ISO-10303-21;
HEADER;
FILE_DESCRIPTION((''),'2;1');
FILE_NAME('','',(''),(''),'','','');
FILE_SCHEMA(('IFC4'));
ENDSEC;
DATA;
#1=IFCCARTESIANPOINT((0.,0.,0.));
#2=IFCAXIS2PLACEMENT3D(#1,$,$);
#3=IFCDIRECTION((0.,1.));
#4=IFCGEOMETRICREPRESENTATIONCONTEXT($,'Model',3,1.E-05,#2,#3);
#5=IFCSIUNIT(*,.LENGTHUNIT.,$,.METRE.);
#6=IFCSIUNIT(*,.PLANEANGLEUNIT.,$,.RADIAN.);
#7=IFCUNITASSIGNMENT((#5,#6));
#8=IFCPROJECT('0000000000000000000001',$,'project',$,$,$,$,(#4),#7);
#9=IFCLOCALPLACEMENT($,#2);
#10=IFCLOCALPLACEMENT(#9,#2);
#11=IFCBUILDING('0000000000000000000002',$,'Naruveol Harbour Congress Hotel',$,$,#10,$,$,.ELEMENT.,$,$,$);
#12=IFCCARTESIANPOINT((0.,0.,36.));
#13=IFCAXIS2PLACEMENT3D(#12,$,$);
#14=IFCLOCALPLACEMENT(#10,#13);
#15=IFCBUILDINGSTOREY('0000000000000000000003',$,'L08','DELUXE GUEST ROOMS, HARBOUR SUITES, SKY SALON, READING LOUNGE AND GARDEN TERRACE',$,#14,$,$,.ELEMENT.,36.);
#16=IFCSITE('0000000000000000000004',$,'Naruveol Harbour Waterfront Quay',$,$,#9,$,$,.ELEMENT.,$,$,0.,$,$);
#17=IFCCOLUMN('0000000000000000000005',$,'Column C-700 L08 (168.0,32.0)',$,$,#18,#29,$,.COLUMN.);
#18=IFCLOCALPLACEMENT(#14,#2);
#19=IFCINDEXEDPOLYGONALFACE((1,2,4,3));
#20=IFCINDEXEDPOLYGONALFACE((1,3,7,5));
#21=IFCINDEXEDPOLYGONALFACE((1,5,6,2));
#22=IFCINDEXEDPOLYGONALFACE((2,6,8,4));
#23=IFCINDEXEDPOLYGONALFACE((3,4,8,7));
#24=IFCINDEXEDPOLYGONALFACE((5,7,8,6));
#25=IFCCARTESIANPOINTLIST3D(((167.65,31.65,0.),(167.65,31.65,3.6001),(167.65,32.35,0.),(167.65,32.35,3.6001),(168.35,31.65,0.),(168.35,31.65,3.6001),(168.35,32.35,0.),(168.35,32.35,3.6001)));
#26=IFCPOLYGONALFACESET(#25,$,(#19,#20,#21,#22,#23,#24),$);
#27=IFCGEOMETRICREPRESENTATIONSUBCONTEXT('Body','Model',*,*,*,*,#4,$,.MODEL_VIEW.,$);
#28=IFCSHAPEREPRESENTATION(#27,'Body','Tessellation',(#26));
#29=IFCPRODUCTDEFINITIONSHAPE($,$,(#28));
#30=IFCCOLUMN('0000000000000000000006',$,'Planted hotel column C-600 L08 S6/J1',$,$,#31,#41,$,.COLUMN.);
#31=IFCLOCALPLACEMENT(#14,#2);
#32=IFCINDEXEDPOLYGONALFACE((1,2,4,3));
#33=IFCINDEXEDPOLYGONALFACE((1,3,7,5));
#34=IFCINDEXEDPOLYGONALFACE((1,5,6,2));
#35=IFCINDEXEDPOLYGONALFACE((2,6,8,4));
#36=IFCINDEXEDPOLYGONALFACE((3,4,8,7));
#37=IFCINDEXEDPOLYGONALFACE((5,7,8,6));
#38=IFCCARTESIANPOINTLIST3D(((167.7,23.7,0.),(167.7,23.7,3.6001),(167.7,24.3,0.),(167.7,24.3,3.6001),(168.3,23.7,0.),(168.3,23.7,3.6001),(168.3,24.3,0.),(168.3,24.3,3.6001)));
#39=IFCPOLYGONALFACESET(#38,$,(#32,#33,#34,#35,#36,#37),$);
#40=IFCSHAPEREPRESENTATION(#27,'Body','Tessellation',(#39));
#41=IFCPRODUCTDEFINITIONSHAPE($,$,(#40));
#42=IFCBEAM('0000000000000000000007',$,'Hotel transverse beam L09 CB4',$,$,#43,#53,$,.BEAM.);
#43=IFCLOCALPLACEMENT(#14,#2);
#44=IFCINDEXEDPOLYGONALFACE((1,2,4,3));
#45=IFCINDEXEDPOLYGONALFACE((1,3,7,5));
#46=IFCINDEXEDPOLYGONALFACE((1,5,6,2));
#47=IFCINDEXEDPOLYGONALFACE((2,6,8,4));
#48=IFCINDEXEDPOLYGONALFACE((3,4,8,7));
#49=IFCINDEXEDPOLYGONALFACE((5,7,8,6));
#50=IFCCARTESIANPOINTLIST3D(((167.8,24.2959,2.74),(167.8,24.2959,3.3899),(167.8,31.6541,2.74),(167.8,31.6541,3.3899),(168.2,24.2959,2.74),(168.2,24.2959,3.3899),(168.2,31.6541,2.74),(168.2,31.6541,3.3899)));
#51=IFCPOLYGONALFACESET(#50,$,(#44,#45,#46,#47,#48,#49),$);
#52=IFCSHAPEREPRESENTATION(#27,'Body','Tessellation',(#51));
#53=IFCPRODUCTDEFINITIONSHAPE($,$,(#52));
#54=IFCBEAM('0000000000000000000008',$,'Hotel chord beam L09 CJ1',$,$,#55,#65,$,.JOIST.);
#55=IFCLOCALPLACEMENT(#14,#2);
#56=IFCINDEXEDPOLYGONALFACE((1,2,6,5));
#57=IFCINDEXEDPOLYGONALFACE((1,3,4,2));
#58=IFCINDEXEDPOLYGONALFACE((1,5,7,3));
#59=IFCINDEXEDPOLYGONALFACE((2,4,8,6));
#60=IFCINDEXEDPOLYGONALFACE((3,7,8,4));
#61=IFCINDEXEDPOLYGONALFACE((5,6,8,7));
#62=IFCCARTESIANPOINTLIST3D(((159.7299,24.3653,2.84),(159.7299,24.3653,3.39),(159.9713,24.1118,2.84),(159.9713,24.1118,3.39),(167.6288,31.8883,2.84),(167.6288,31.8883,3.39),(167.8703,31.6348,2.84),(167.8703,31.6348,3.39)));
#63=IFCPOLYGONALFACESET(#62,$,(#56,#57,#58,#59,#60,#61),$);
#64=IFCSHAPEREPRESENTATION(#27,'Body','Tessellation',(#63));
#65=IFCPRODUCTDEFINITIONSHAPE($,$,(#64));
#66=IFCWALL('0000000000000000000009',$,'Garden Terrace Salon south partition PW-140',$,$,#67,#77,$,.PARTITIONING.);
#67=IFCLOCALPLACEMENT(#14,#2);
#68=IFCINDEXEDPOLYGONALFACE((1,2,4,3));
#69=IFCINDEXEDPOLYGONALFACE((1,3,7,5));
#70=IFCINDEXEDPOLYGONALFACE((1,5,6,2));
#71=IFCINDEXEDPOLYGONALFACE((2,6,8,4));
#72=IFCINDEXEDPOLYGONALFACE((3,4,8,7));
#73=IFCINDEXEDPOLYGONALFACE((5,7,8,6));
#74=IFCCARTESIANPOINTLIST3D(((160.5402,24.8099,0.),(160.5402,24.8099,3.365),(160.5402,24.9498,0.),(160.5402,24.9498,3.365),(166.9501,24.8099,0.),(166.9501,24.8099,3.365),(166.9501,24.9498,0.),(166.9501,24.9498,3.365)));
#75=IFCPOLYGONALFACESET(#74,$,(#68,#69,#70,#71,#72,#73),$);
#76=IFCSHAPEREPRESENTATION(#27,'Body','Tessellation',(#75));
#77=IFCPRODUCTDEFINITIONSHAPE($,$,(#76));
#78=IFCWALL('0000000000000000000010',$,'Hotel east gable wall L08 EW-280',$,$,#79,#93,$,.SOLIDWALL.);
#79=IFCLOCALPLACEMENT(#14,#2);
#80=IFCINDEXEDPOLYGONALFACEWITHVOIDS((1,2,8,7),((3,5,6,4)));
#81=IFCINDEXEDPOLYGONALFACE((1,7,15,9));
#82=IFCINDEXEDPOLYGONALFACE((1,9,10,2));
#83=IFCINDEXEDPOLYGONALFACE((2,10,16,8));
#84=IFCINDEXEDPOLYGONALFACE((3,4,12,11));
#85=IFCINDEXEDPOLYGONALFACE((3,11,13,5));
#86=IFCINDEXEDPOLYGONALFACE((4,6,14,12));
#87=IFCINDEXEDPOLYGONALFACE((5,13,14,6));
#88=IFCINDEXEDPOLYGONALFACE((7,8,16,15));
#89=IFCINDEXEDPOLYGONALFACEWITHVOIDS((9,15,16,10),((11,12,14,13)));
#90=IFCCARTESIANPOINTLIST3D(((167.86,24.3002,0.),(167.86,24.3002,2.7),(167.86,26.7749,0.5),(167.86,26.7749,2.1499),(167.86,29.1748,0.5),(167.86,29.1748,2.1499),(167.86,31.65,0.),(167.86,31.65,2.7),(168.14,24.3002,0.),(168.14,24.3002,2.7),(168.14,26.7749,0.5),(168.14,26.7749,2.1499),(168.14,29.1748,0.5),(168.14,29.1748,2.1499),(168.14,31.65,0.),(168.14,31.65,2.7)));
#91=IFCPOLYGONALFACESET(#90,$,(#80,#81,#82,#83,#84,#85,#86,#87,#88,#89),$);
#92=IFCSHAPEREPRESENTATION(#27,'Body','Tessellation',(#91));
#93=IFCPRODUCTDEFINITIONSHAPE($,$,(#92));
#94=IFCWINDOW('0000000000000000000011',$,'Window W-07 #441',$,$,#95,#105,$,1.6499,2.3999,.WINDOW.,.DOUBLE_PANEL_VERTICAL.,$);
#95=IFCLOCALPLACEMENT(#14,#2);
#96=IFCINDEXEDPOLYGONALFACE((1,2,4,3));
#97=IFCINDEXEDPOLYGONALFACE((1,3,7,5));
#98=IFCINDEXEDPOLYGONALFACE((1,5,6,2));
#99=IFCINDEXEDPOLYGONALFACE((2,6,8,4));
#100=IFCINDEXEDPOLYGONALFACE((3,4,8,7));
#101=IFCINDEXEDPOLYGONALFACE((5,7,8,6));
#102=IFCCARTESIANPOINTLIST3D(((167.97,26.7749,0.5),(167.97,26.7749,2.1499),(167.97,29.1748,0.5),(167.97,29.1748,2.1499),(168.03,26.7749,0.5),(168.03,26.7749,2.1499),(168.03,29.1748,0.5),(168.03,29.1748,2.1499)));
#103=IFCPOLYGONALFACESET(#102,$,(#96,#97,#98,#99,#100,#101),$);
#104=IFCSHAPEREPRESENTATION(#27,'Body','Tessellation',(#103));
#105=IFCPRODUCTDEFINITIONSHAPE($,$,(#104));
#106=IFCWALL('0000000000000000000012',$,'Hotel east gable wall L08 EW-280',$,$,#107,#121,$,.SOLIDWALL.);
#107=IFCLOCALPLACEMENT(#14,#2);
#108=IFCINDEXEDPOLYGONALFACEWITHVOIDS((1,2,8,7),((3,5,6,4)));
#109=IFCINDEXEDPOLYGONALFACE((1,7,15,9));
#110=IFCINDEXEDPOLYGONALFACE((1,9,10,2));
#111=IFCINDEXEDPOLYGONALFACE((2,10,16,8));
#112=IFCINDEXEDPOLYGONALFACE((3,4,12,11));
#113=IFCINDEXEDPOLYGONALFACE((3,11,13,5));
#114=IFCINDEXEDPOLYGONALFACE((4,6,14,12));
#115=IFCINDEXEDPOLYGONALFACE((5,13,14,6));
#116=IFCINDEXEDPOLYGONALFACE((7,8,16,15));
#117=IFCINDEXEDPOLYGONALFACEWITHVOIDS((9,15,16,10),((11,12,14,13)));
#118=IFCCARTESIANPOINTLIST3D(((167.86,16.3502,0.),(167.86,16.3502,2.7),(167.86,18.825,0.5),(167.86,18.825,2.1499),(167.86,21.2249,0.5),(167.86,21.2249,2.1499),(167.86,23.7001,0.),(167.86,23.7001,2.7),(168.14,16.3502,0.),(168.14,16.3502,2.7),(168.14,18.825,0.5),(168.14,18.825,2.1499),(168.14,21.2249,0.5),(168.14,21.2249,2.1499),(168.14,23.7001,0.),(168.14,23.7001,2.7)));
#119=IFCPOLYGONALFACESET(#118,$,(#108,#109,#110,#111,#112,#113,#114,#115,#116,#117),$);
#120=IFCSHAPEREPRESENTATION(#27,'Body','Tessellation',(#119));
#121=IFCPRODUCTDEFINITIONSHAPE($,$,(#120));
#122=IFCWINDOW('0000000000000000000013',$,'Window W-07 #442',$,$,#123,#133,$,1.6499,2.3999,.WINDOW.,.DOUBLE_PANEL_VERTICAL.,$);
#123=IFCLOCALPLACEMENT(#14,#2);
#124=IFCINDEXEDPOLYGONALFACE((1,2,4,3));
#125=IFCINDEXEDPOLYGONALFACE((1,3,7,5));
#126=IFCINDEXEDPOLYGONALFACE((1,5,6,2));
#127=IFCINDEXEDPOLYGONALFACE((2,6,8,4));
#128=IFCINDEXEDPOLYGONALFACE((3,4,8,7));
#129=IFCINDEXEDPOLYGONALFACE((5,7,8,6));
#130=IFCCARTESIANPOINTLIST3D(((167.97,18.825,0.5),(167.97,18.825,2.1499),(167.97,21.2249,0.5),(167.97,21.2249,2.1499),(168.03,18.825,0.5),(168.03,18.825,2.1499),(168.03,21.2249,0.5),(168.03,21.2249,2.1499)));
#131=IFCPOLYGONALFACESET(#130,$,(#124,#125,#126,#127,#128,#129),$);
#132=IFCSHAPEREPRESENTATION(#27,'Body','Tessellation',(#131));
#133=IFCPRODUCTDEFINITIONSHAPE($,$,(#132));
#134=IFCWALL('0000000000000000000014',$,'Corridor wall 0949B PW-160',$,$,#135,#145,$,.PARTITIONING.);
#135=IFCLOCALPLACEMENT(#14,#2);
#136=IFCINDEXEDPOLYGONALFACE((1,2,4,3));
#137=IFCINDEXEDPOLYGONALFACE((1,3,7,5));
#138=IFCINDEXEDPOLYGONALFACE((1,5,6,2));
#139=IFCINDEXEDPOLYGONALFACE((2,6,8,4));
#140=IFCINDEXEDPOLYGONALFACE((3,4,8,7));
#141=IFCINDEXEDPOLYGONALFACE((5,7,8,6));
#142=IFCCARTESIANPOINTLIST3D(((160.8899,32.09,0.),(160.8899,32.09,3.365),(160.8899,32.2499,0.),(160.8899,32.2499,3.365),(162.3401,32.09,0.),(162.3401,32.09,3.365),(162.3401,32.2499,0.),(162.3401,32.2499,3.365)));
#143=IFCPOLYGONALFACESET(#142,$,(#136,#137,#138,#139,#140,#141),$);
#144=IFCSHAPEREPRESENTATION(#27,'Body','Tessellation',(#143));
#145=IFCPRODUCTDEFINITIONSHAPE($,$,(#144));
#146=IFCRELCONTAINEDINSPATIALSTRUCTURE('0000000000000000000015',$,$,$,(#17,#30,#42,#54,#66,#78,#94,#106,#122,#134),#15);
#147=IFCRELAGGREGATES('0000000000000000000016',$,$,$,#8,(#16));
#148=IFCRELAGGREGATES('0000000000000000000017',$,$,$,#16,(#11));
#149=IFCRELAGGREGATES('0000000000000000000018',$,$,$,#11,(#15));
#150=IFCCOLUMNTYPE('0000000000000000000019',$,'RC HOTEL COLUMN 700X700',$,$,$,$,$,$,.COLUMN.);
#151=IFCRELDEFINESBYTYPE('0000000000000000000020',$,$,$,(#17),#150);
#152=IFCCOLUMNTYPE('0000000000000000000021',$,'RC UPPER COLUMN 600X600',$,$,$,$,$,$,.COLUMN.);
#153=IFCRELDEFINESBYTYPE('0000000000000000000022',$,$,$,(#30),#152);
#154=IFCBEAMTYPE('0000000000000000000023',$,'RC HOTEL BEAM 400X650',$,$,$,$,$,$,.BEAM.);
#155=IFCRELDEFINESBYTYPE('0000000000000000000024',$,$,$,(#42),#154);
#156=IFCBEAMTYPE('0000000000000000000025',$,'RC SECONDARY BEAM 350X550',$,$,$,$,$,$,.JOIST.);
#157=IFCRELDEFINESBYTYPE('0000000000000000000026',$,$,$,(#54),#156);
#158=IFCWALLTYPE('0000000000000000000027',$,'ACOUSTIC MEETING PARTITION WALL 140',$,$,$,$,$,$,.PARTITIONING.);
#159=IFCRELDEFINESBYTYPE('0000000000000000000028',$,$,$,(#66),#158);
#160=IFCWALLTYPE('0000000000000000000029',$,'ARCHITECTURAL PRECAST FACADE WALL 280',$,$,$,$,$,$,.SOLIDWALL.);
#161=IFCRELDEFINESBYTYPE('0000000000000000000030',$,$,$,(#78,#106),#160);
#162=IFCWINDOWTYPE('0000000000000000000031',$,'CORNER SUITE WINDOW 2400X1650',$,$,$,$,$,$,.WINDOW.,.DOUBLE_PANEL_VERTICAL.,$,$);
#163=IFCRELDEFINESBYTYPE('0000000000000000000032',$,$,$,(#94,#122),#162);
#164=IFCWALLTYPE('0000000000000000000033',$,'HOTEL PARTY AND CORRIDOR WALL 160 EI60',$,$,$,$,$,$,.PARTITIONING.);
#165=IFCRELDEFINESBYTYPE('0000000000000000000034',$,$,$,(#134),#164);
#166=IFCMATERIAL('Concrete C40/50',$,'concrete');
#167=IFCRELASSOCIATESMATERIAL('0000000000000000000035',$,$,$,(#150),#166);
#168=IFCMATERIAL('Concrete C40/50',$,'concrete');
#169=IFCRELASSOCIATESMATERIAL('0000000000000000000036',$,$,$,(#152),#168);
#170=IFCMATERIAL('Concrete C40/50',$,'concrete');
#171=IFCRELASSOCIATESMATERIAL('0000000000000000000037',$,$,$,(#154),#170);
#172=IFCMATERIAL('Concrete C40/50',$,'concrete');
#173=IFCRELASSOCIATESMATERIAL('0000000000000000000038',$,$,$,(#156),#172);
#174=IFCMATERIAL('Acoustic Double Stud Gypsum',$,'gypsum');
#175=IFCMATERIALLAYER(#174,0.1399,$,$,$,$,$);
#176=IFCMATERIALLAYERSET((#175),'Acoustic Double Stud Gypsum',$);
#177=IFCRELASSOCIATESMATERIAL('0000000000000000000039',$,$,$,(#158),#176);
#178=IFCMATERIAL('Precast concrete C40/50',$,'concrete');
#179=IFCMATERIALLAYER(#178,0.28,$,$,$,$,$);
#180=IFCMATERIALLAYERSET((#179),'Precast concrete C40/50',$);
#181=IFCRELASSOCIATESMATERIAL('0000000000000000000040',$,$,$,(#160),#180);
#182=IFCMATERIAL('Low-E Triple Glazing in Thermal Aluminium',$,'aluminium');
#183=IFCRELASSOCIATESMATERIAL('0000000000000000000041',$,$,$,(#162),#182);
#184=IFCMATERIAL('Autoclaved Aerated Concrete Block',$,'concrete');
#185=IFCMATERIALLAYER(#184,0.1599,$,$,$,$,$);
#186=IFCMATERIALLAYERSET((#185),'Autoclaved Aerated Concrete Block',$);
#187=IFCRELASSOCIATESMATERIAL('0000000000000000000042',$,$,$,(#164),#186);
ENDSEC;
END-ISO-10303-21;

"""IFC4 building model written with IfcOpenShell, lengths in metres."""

from ifc_helpers import new_model, si_unit, direction, frame, frame_2d, origin, origin_2d, place, context, subcontext, project, spatial, rectangle, extrude, material, layer, layer_set, material_profile, profile_set, type_object, element, fill, save


model = new_model("IFC4")

# Units and contexts
model_context = context("Model", 3, precision=1e-05, world=origin(), true_north=direction((0.0, 1.0)))
body_context = subcontext(model_context, "Body", "Model", "MODEL_VIEW")
ifc_project = project(units=[si_unit("LENGTHUNIT", "METRE"), si_unit("PLANEANGLEUNIT", "RADIAN")], contexts=[model_context])

# Site, building, storey
site_placement = place(None, origin())
site = spatial("IfcSite", under=ifc_project, at=site_placement, Name="Naruveol Harbour Waterfront Quay", CompositionType="ELEMENT", RefElevation=0.0)
building_placement = place(site_placement, origin())
building = spatial("IfcBuilding", under=site, at=building_placement, Name="Naruveol Harbour Congress Hotel", CompositionType="ELEMENT")
storey_placement = place(building_placement, frame((0.0, 0.0, 36.0)))
storey = spatial("IfcBuildingStorey", under=building, at=storey_placement, Name="L08", Description="DELUXE GUEST ROOMS, HARBOUR SUITES, SKY SALON, READING LOUNGE AND GARDEN TERRACE", CompositionType="ELEMENT", Elevation=36.0)

# Columns
ifc_material_1 = material(Name="Concrete C40/50", Category="concrete")
ifc_material_profile_1 = material_profile(ifc_material_1, rectangle(XDim=0.7, YDim=0.7, at=origin_2d()), Name="RC-700x700")
ifc_profile_set_1 = profile_set([ifc_material_profile_1], Name="Concrete C40/50")
column_type_1 = type_object("IfcColumnType", Name="RC HOTEL COLUMN 700X700", PredefinedType="COLUMN", material=ifc_profile_set_1)
column_1_placement = place(storey_placement, frame((168.0, 32.0, 0.0), z_axis=(0.0, 0.0, 1.0), x_axis=(1.0, 0.0, 0.0)))
element("IfcColumn", 1, at=column_1_placement, inside=storey, type_object=column_type_1, Name="Column C-700 L08 (168.0,32.0)", PredefinedType="COLUMN", context=body_context, shape_type="SweptSolid", body=[
    extrude(rectangle(XDim=0.7, YDim=0.7, at=origin_2d()), origin(), (0.0, 0.0, 1.0), 3.6001),
])
ifc_material_2 = material(Name="Concrete C40/50", Category="concrete")
ifc_material_profile_2 = material_profile(ifc_material_2, rectangle(XDim=0.6001, YDim=0.6001, at=origin_2d()), Name="RC-600x600")
ifc_profile_set_2 = profile_set([ifc_material_profile_2], Name="Concrete C40/50")
column_type_2 = type_object("IfcColumnType", Name="RC UPPER COLUMN 600X600", PredefinedType="COLUMN", material=ifc_profile_set_2)
column_2_placement = place(storey_placement, frame((168.0, 24.0, 0.0), z_axis=(0.0, 0.0, 1.0), x_axis=(1.0, 0.0, 0.0)))
element("IfcColumn", 2, at=column_2_placement, inside=storey, type_object=column_type_2, Name="Planted hotel column C-600 L08 S6/J1", PredefinedType="COLUMN", context=body_context, shape_type="SweptSolid", body=[
    extrude(rectangle(XDim=0.6001, YDim=0.6001, at=origin_2d()), origin(), (0.0, 0.0, 1.0), 3.6001),
])

# Beams
ifc_material_3 = material(Name="Concrete C40/50", Category="concrete")
ifc_material_profile_3 = material_profile(ifc_material_3, rectangle(XDim=0.3999, YDim=0.6499, at=origin_2d()), Name="RCB-400x650")
ifc_profile_set_3 = profile_set([ifc_material_profile_3], Name="Concrete C40/50")
beam_type_1 = type_object("IfcBeamType", Name="RC HOTEL BEAM 400X650", PredefinedType="BEAM", material=ifc_profile_set_3)
beam_1_placement = place(storey_placement, frame((168.0, 24.2959, 3.0649), z_axis=(0.0, 1.0, 0.0), x_axis=(-1.0, 0.0, 0.0)))
element("IfcBeam", 3, at=beam_1_placement, inside=storey, type_object=beam_type_1, Name="Hotel transverse beam L09 CB4", PredefinedType="BEAM", context=body_context, shape_type="SweptSolid", body=[
    extrude(rectangle(XDim=0.3999, YDim=0.6499, at=origin_2d()), origin(), (0.0, 0.0, 1.0), 7.3582),
])
ifc_material_4 = material(Name="Concrete C40/50", Category="concrete")
ifc_material_profile_4 = material_profile(ifc_material_4, rectangle(XDim=0.3501, YDim=0.55, at=origin_2d()), Name="RCB-350x550")
ifc_profile_set_4 = profile_set([ifc_material_profile_4], Name="Concrete C40/50")
beam_type_2 = type_object("IfcBeamType", Name="RC SECONDARY BEAM 350X550", PredefinedType="JOIST", material=ifc_profile_set_4)
beam_2_placement = place(storey_placement, frame((159.8506, 24.2385, 3.115), z_axis=(0.72413, 0.689663, 0.0), x_axis=(-0.689663, 0.72413, 0.0)))
element("IfcBeam", 4, at=beam_2_placement, inside=storey, type_object=beam_type_2, Name="Hotel chord beam L09 CJ1", PredefinedType="JOIST", context=body_context, shape_type="SweptSolid", body=[
    extrude(rectangle(XDim=0.3501, YDim=0.55, at=origin_2d()), origin(), (0.0, 0.0, 1.0), 10.9082),
])

# Shared definitions
ifc_material_5 = material(Name="Acoustic Double Stud Gypsum", Category="gypsum")
ifc_layer_1 = layer(ifc_material_5, 0.1399)
ifc_layer_set_1 = layer_set([ifc_layer_1], Name="Acoustic Double Stud Gypsum")
wall_type_1 = type_object("IfcWallType", Name="ACOUSTIC MEETING PARTITION WALL 140", PredefinedType="PARTITIONING", material=ifc_layer_set_1)

# Wall
wall_1_placement = place(storey_placement, frame((160.54, 24.8799, 0.0), z_axis=(0.0, 0.0, 1.0), x_axis=(1.0, 0.0, 0.0)))
element("IfcWall", 5, at=wall_1_placement, inside=storey, type_object=wall_type_1, Name="Garden Terrace Salon south partition PW-140", PredefinedType="PARTITIONING", context=body_context, shape_type="SweptSolid", body=[
    extrude(rectangle(XDim=6.4099, YDim=0.1399, at=frame_2d((3.2051, 0.0))), origin(), (0.0, 0.0, 1.0), 3.365),
])

# Walls, openings, windows
ifc_material_6 = material(Name="Precast concrete C40/50", Category="concrete")
ifc_layer_2 = layer(ifc_material_6, 0.28)
ifc_layer_set_2 = layer_set([ifc_layer_2], Name="Precast concrete C40/50")
wall_type_2 = type_object("IfcWallType", Name="ARCHITECTURAL PRECAST FACADE WALL 280", PredefinedType="SOLIDWALL", material=ifc_layer_set_2)
wall_2_placement = place(storey_placement, frame((168.0, 31.6499, 0.0), z_axis=(0.0, 0.0, 1.0), x_axis=(0.0, -1.0, 0.0)))
wall_2 = element("IfcWall", 6, at=wall_2_placement, inside=storey, type_object=wall_type_2, Name="Hotel east gable wall L08 EW-280", PredefinedType="SOLIDWALL", context=body_context, shape_type="SweptSolid", body=[
    extrude(rectangle(XDim=7.3499, YDim=0.28, at=frame_2d((3.6748, 0.0))), origin(), (0.0, 0.0, 1.0), 2.7),
])
opening_1_placement = place(wall_2_placement, frame((2.4751, 0.0, 0.5)))
opening_1 = element("IfcOpeningElement", 7, at=opening_1_placement, cuts=wall_2, PredefinedType="OPENING", context=body_context, shape_type="SweptSolid", body=[
    extrude(rectangle(XDim=2.3999, YDim=1.6499, at=frame_2d((1.2, 0.825))), frame((0.0, 0.1499, 0.0), z_axis=(0.0, -1.0, 0.0), x_axis=(1.0, 0.0, 0.0)), (0.0, 0.0, 1.0), 0.3),
])
ifc_material_7 = material(Name="Low-E Triple Glazing in Thermal Aluminium", Category="aluminium")
window_type = type_object("IfcWindowType", Name="CORNER SUITE WINDOW 2400X1650", PartitioningType="DOUBLE_PANEL_VERTICAL", PredefinedType="WINDOW", material=ifc_material_7)
window_1_placement = place(opening_1_placement, origin())
window_1 = element("IfcWindow", 8, at=window_1_placement, inside=storey, type_object=window_type, Name="Window W-07 #441", OverallHeight=1.6499, OverallWidth=2.3999, PartitioningType="DOUBLE_PANEL_VERTICAL", PredefinedType="WINDOW", context=body_context, shape_type="SweptSolid", body=[
    extrude(rectangle(XDim=2.3999, YDim=1.6499, at=frame_2d((1.2, 0.825))), frame((0.0, 0.03, 0.0), z_axis=(0.0, -1.0, 0.0), x_axis=(1.0, 0.0, 0.0)), (0.0, 0.0, 1.0), 0.0601),
])
fill(opening_1, window_1)
wall_3_placement = place(storey_placement, frame((168.0, 23.7, 0.0), z_axis=(0.0, 0.0, 1.0), x_axis=(0.0, -1.0, 0.0)))
wall_3 = element("IfcWall", 9, at=wall_3_placement, inside=storey, type_object=wall_type_2, Name="Hotel east gable wall L08 EW-280", PredefinedType="SOLIDWALL", context=body_context, shape_type="SweptSolid", body=[
    extrude(rectangle(XDim=7.3499, YDim=0.28, at=frame_2d((3.6748, 0.0))), origin(), (0.0, 0.0, 1.0), 2.7),
])
opening_2_placement = place(wall_3_placement, frame((2.4751, 0.0, 0.5)))
opening_2 = element("IfcOpeningElement", 10, at=opening_2_placement, cuts=wall_3, PredefinedType="OPENING", context=body_context, shape_type="SweptSolid", body=[
    extrude(rectangle(XDim=2.3999, YDim=1.6499, at=frame_2d((1.2, 0.825))), frame((0.0, 0.1499, 0.0), z_axis=(0.0, -1.0, 0.0), x_axis=(1.0, 0.0, 0.0)), (0.0, 0.0, 1.0), 0.3),
])
window_2_placement = place(opening_2_placement, origin())
window_2 = element("IfcWindow", 11, at=window_2_placement, inside=storey, type_object=window_type, Name="Window W-07 #442", OverallHeight=1.6499, OverallWidth=2.3999, PartitioningType="DOUBLE_PANEL_VERTICAL", PredefinedType="WINDOW", context=body_context, shape_type="SweptSolid", body=[
    extrude(rectangle(XDim=2.3999, YDim=1.6499, at=frame_2d((1.2, 0.825))), frame((0.0, 0.03, 0.0), z_axis=(0.0, -1.0, 0.0), x_axis=(1.0, 0.0, 0.0)), (0.0, 0.0, 1.0), 0.0601),
])
fill(opening_2, window_2)

# Wall
ifc_material_8 = material(Name="Autoclaved Aerated Concrete Block", Category="concrete")
ifc_layer_3 = layer(ifc_material_8, 0.1599)
ifc_layer_set_3 = layer_set([ifc_layer_3], Name="Autoclaved Aerated Concrete Block")
wall_type_3 = type_object("IfcWallType", Name="HOTEL PARTY AND CORRIDOR WALL 160 EI60", PredefinedType="PARTITIONING", material=ifc_layer_set_3)
wall_4_placement = place(storey_placement, frame((160.8899, 32.1699, 0.0), z_axis=(0.0, 0.0, 1.0), x_axis=(1.0, 0.0, 0.0)))
element("IfcWall", 12, at=wall_4_placement, inside=storey, type_object=wall_type_3, Name="Corridor wall 0949B PW-160", PredefinedType="PARTITIONING", context=body_context, shape_type="SweptSolid", body=[
    extrude(rectangle(XDim=1.4502, YDim=0.1599, at=frame_2d((0.7251, 0.0))), origin(), (0.0, 0.0, 1.0), 3.365),
])

save(model, "model.ifc")
